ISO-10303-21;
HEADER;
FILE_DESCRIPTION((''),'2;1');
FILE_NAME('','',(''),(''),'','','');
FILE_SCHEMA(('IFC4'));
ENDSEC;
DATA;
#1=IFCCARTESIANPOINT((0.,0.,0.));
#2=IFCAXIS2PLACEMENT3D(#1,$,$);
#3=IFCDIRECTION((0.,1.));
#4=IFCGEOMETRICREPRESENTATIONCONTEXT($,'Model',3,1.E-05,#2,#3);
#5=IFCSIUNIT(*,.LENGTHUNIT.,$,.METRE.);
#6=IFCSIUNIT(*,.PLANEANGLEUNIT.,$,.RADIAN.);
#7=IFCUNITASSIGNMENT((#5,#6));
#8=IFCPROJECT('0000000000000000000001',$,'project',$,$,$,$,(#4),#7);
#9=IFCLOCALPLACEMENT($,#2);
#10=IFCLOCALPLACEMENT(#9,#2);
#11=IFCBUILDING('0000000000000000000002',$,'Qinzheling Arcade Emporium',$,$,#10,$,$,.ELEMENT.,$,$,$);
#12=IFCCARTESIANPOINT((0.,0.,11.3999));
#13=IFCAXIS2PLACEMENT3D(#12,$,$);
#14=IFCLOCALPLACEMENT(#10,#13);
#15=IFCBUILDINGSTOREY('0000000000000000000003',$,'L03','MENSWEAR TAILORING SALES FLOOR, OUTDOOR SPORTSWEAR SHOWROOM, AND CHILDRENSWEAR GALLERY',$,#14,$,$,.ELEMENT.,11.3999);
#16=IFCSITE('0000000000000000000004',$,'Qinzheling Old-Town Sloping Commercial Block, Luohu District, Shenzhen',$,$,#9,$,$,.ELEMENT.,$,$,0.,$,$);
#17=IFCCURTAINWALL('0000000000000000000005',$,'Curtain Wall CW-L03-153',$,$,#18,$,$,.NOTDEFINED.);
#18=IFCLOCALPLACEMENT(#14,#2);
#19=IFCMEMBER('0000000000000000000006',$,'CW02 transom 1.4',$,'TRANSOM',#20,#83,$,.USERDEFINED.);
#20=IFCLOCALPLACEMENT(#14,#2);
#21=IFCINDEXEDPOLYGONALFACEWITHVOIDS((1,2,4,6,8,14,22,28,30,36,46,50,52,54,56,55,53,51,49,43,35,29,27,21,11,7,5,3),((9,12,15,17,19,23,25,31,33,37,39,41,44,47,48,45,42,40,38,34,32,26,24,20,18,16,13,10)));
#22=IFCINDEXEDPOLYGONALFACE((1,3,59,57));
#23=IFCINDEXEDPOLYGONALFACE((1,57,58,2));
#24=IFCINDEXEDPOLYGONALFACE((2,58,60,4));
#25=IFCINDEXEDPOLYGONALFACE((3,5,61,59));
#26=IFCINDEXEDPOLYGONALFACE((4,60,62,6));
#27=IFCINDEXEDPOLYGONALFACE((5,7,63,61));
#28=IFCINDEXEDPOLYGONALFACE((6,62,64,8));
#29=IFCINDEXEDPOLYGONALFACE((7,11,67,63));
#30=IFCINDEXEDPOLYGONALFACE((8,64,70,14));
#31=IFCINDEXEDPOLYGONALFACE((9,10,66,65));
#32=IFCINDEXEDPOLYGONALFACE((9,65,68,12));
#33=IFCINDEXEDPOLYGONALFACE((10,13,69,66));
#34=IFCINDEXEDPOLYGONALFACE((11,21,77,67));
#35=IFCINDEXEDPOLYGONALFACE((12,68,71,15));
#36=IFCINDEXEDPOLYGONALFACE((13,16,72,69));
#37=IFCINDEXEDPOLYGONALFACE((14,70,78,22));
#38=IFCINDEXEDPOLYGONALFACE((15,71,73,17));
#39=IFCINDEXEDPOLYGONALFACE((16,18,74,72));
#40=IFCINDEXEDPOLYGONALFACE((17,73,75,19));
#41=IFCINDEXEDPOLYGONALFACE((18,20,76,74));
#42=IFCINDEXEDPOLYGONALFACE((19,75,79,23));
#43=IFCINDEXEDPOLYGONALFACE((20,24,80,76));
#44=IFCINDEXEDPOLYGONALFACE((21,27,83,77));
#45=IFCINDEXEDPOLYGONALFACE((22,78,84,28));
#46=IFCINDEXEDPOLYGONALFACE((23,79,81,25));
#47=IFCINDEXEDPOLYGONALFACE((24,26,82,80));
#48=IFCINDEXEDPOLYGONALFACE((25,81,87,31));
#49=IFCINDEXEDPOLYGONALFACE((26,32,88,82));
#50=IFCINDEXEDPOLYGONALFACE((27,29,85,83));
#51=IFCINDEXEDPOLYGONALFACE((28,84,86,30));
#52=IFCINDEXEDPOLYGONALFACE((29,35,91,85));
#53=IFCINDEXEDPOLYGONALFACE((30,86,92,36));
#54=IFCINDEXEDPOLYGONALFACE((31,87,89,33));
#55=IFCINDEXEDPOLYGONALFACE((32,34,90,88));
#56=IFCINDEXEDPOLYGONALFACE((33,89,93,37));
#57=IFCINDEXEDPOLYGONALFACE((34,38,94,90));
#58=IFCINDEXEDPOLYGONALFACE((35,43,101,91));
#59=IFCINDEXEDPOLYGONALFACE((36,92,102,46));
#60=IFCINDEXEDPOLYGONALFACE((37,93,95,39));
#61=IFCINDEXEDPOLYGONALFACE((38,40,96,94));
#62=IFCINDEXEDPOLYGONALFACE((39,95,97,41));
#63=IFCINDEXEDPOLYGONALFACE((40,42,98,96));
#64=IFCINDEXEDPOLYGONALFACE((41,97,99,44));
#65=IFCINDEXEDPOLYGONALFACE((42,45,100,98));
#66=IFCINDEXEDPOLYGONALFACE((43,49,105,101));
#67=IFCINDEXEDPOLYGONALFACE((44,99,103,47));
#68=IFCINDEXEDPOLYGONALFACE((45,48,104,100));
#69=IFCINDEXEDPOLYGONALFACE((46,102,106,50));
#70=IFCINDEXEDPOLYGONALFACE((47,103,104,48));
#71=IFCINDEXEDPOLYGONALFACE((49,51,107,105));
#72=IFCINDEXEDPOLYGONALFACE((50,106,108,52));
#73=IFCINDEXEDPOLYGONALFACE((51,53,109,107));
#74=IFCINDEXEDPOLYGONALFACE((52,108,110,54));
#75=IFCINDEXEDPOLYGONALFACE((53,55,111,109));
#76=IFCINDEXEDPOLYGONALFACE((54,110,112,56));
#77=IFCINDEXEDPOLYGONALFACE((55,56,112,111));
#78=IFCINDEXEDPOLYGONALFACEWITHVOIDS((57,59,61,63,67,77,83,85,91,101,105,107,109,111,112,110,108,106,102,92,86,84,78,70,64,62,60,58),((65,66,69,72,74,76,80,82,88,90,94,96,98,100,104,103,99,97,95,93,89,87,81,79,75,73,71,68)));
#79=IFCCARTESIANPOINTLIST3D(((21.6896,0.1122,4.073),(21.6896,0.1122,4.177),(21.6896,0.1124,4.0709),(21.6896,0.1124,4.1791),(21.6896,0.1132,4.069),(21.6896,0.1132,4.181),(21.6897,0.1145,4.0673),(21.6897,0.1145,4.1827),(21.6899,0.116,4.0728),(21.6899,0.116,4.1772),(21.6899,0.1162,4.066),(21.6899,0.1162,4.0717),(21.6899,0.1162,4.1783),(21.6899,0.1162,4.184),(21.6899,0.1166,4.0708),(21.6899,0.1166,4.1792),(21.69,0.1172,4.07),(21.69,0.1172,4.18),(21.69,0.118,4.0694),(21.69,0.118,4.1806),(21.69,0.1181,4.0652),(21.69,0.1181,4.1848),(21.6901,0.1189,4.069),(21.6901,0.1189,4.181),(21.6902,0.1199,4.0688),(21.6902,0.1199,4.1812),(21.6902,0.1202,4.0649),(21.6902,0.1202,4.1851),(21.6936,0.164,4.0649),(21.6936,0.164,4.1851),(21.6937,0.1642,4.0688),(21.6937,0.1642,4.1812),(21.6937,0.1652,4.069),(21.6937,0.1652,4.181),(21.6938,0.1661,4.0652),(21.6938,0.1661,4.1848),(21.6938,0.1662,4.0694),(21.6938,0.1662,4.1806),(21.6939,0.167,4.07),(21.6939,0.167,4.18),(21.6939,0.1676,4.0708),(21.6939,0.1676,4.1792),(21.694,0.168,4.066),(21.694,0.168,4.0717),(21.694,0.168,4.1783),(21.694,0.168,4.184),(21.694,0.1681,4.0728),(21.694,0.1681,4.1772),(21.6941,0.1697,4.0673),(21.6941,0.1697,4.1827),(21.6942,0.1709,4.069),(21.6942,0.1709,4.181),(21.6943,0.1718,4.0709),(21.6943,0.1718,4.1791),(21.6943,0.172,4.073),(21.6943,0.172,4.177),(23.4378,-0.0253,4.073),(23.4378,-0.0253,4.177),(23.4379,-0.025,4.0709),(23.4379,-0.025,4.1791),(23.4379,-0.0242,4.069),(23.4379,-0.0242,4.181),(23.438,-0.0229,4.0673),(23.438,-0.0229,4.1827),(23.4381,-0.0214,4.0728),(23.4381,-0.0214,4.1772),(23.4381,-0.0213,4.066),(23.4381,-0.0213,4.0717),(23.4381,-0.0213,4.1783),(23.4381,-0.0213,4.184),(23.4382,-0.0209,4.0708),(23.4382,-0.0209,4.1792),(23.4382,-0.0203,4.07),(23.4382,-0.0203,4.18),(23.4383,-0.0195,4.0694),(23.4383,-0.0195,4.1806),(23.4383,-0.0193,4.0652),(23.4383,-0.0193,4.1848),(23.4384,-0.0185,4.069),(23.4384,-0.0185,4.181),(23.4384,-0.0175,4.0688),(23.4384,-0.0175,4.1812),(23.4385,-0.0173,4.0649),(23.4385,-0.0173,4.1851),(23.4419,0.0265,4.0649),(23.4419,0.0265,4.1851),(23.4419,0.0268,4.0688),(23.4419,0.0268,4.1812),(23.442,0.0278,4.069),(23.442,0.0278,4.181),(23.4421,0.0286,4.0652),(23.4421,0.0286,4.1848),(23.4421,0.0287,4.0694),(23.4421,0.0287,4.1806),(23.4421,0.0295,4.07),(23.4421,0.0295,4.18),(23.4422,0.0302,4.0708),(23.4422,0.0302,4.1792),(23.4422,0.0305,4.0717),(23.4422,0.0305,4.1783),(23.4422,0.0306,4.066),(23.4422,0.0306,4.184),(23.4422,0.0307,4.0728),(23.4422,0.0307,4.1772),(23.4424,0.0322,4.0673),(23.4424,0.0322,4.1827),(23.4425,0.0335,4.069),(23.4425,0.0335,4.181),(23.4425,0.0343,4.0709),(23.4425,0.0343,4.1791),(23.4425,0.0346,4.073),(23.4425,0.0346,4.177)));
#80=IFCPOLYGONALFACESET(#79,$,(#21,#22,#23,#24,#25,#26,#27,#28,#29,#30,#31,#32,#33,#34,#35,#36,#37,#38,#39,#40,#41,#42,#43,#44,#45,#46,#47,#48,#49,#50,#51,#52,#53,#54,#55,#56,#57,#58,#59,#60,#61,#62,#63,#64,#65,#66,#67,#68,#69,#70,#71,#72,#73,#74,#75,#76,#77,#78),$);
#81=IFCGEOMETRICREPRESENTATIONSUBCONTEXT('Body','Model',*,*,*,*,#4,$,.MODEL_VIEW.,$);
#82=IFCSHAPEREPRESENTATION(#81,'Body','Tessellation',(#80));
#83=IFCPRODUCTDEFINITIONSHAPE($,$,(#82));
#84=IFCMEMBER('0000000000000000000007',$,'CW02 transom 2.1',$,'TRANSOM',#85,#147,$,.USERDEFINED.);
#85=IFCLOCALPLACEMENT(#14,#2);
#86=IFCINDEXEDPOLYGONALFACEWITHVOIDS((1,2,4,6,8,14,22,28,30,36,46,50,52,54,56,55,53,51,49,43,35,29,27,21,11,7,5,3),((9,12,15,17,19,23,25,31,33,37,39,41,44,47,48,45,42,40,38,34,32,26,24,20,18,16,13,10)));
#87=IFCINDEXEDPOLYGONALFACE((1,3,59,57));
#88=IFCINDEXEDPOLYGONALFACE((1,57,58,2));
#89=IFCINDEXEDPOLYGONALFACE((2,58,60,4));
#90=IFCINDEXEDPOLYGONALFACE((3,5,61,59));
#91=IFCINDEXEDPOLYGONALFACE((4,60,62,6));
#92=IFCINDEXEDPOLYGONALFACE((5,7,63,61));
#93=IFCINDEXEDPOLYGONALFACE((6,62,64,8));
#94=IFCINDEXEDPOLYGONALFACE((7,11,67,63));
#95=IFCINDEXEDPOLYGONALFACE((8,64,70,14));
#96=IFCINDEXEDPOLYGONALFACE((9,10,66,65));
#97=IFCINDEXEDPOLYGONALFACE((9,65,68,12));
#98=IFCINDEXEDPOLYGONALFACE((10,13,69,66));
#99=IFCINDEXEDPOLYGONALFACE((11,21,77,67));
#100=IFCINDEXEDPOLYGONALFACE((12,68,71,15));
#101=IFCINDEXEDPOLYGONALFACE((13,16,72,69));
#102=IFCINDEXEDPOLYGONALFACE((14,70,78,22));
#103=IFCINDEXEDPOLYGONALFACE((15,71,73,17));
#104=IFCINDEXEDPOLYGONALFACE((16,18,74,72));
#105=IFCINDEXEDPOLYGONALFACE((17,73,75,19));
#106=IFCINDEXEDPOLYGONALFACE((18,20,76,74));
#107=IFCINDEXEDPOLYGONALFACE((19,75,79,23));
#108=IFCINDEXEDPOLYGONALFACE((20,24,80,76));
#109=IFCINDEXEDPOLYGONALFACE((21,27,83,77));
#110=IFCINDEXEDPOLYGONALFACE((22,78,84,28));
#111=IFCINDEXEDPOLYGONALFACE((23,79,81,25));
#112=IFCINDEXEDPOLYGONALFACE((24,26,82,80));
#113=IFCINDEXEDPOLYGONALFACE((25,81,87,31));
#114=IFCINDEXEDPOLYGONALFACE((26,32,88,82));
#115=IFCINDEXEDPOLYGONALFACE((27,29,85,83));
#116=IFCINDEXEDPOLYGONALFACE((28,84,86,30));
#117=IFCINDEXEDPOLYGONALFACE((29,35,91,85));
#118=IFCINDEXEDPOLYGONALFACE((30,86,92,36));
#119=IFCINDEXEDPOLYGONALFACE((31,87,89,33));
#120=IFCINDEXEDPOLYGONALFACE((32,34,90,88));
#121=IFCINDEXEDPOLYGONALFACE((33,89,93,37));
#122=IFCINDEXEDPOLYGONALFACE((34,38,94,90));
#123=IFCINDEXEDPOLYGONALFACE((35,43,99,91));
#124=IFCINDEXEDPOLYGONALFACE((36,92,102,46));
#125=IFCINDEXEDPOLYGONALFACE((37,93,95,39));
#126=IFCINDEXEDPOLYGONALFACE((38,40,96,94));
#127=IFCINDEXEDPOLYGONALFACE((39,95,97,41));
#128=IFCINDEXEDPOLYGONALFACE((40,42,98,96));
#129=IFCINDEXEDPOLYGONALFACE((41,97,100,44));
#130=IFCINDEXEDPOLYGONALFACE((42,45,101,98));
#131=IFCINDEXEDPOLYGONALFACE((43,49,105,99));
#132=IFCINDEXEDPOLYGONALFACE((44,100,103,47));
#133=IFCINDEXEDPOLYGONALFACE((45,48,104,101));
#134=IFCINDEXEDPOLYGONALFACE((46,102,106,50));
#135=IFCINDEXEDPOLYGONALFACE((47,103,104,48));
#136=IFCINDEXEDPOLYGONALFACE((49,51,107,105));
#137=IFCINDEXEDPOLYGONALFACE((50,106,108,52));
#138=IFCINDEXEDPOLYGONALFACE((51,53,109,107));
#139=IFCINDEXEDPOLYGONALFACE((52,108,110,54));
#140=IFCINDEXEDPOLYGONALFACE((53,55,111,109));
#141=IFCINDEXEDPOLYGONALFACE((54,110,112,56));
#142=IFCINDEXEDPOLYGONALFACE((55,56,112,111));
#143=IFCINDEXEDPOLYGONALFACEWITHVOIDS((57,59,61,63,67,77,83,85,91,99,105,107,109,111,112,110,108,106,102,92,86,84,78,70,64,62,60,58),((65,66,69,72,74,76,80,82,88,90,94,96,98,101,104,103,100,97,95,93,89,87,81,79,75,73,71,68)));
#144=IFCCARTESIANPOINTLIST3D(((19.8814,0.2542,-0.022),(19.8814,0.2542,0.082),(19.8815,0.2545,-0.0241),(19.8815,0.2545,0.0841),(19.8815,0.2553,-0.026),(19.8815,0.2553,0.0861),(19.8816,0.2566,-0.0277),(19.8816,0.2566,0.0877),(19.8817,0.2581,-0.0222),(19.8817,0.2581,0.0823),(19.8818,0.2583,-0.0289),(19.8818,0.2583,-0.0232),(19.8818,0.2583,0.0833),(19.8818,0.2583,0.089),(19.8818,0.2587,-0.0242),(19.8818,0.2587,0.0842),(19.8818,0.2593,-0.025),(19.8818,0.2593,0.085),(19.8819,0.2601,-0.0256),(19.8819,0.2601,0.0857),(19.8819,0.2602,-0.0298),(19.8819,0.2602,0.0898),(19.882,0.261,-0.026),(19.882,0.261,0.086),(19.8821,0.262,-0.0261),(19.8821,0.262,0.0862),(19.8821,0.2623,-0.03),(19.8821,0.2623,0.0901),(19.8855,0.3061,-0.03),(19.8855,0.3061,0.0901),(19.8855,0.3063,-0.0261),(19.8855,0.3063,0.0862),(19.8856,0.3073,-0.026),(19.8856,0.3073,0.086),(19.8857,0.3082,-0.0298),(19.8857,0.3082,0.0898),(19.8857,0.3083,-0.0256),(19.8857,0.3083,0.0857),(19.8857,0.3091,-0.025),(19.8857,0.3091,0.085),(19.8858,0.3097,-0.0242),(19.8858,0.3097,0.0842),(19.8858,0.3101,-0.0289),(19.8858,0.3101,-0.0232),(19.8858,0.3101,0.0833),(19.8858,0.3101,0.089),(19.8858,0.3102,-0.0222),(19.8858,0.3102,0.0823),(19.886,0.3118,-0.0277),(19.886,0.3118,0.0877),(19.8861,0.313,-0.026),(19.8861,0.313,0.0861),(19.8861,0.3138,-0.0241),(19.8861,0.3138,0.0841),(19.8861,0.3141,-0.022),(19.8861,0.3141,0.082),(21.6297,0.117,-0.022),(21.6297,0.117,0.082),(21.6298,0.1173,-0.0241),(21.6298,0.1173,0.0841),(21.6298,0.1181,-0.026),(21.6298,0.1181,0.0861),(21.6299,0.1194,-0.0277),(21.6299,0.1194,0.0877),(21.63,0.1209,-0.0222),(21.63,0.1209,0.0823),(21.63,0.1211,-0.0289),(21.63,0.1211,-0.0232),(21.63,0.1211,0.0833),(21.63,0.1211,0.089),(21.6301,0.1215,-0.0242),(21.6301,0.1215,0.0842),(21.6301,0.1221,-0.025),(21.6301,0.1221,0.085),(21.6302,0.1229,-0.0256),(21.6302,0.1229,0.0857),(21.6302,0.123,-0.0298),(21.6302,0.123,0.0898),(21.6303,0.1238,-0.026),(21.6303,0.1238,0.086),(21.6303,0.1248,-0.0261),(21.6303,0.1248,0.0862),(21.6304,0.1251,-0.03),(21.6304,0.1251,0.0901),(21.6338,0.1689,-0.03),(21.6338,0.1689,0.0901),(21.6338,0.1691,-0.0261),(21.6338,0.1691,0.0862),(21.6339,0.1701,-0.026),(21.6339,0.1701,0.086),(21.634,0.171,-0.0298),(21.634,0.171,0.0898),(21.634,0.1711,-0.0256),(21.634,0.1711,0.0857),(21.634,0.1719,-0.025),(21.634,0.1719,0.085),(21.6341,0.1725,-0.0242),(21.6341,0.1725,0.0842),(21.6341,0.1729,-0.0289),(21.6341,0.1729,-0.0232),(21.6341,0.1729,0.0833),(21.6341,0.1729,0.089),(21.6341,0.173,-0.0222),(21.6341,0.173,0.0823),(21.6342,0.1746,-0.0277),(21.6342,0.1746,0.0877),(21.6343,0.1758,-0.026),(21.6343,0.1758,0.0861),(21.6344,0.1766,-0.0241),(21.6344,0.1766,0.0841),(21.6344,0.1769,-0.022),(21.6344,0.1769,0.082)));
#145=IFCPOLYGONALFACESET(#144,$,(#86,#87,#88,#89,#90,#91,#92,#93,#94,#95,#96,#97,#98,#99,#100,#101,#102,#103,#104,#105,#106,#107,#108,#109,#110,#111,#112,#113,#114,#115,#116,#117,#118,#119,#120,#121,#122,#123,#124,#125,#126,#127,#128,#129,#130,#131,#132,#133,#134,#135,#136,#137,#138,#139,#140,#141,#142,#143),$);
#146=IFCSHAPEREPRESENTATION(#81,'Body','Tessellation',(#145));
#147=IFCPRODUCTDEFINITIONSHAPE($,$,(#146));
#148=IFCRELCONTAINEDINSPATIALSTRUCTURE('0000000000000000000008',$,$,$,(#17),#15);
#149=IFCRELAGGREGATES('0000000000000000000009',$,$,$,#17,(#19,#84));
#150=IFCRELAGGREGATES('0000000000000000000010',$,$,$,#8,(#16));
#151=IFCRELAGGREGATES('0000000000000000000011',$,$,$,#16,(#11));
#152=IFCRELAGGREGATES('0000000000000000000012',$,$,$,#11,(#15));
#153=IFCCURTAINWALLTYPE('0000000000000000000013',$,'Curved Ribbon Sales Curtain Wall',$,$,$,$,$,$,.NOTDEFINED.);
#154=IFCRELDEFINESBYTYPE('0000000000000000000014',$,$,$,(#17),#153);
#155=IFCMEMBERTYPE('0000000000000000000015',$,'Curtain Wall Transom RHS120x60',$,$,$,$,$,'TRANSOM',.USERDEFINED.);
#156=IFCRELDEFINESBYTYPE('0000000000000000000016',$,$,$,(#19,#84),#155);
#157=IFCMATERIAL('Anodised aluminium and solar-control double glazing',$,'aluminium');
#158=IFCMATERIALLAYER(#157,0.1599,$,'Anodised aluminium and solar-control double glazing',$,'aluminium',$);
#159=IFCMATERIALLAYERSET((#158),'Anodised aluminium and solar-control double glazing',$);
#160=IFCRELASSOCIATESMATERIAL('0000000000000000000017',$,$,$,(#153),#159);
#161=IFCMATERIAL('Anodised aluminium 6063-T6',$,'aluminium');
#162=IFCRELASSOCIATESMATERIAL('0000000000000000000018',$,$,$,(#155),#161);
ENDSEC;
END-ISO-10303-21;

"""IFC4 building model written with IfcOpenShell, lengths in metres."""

from ifc_helpers import new_model, si_unit, direction, frame, origin, origin_2d, place, context, subcontext, project, spatial, hollow_rectangle, extrude, material, layer, layer_set, material_profile, profile_set, type_object, element, aggregate, save


model = new_model("IFC4")

# Units and contexts
model_context = context("Model", 3, precision=1e-05, world=origin(), true_north=direction((0.0, 1.0)))
body_context = subcontext(model_context, "Body", "Model", "MODEL_VIEW")
ifc_project = project(units=[si_unit("LENGTHUNIT", "METRE"), si_unit("PLANEANGLEUNIT", "RADIAN")], contexts=[model_context])

# Site, building, storey
site_placement = place(None, origin())
site = spatial("IfcSite", under=ifc_project, at=site_placement, Name="Qinzheling Old-Town Sloping Commercial Block, Luohu District, Shenzhen", CompositionType="ELEMENT", RefElevation=0.0)
building_placement = place(site_placement, origin())
building = spatial("IfcBuilding", under=site, at=building_placement, Name="Qinzheling Arcade Emporium", CompositionType="ELEMENT")
storey_placement = place(building_placement, frame((0.0, 0.0, 11.3999)))
storey = spatial("IfcBuildingStorey", under=building, at=storey_placement, Name="L03", Description="MENSWEAR TAILORING SALES FLOOR, OUTDOOR SPORTSWEAR SHOWROOM, AND CHILDRENSWEAR GALLERY", CompositionType="ELEMENT", Elevation=11.3999)

# Shared definitions
ifc_material_1 = material(Name="Anodised aluminium and solar-control double glazing", Category="aluminium")
ifc_material_2 = material(Name="Anodised aluminium 6063-T6", Category="aluminium")

# Curtain wall, members
ifc_layer_1 = layer(ifc_material_1, 0.1599, Name="Anodised aluminium and solar-control double glazing", Category="aluminium")
ifc_layer_set_1 = layer_set([ifc_layer_1], Name="Anodised aluminium and solar-control double glazing")
curtain_wall_type_1 = type_object("IfcCurtainWallType", Name="Curved Ribbon Sales Curtain Wall", PredefinedType="NOTDEFINED", material=ifc_layer_set_1)
curtain_wall_1_placement = place(storey_placement, origin())
curtain_wall_1 = element("IfcCurtainWall", 1, at=curtain_wall_1_placement, inside=storey, type_object=curtain_wall_type_1, Name="Curtain Wall CW-L03-153", PredefinedType="NOTDEFINED")
ifc_material_profile_1 = material_profile(ifc_material_2, hollow_rectangle(XDim=0.0601, YDim=0.1201, WallThickness=0.0039, InnerFilletRadius=0.0039, OuterFilletRadius=0.0081, at=origin_2d()), Name="RHS 120x60x4", Category="aluminium")
ifc_profile_set_1 = profile_set([ifc_material_profile_1], Name="Anodised aluminium 6063-T6")
member_type_1 = type_object("IfcMemberType", Name="Curtain Wall Transom RHS120x60", ElementType="TRANSOM", PredefinedType="USERDEFINED", material=ifc_profile_set_1)
member_1_placement = place(storey_placement, frame((23.4402, 0.0046, 4.125), z_axis=(-0.996924, 0.078378, 0.0), x_axis=(-0.078378, -0.996924, 0.0)))
member_1 = element("IfcMember", 2, at=member_1_placement, type_object=member_type_1, Name="CW02 transom 1.4", ObjectType="TRANSOM", PredefinedType="USERDEFINED", context=body_context, shape_type="SweptSolid", body=[
    extrude(hollow_rectangle(XDim=0.0601, YDim=0.1201, WallThickness=0.0039, InnerFilletRadius=0.0039, OuterFilletRadius=0.0081, at=origin_2d()), origin(), (0.0, 0.0, 1.0), 1.7537),
])
member_2_placement = place(storey_placement, frame((21.6321, 0.147, 0.03), z_axis=(-0.996935, 0.07824, 0.0), x_axis=(-0.07824, -0.996935, 0.0)))
member_2 = element("IfcMember", 3, at=member_2_placement, type_object=member_type_1, Name="CW02 transom 2.1", ObjectType="TRANSOM", PredefinedType="USERDEFINED", context=body_context, shape_type="SweptSolid", body=[
    extrude(hollow_rectangle(XDim=0.0601, YDim=0.1201, WallThickness=0.0039, InnerFilletRadius=0.0039, OuterFilletRadius=0.0081, at=origin_2d()), origin(), (0.0, 0.0, 1.0), 1.7537),
])

aggregate(curtain_wall_1, [member_1, member_2])

save(model, "model.ifc")
